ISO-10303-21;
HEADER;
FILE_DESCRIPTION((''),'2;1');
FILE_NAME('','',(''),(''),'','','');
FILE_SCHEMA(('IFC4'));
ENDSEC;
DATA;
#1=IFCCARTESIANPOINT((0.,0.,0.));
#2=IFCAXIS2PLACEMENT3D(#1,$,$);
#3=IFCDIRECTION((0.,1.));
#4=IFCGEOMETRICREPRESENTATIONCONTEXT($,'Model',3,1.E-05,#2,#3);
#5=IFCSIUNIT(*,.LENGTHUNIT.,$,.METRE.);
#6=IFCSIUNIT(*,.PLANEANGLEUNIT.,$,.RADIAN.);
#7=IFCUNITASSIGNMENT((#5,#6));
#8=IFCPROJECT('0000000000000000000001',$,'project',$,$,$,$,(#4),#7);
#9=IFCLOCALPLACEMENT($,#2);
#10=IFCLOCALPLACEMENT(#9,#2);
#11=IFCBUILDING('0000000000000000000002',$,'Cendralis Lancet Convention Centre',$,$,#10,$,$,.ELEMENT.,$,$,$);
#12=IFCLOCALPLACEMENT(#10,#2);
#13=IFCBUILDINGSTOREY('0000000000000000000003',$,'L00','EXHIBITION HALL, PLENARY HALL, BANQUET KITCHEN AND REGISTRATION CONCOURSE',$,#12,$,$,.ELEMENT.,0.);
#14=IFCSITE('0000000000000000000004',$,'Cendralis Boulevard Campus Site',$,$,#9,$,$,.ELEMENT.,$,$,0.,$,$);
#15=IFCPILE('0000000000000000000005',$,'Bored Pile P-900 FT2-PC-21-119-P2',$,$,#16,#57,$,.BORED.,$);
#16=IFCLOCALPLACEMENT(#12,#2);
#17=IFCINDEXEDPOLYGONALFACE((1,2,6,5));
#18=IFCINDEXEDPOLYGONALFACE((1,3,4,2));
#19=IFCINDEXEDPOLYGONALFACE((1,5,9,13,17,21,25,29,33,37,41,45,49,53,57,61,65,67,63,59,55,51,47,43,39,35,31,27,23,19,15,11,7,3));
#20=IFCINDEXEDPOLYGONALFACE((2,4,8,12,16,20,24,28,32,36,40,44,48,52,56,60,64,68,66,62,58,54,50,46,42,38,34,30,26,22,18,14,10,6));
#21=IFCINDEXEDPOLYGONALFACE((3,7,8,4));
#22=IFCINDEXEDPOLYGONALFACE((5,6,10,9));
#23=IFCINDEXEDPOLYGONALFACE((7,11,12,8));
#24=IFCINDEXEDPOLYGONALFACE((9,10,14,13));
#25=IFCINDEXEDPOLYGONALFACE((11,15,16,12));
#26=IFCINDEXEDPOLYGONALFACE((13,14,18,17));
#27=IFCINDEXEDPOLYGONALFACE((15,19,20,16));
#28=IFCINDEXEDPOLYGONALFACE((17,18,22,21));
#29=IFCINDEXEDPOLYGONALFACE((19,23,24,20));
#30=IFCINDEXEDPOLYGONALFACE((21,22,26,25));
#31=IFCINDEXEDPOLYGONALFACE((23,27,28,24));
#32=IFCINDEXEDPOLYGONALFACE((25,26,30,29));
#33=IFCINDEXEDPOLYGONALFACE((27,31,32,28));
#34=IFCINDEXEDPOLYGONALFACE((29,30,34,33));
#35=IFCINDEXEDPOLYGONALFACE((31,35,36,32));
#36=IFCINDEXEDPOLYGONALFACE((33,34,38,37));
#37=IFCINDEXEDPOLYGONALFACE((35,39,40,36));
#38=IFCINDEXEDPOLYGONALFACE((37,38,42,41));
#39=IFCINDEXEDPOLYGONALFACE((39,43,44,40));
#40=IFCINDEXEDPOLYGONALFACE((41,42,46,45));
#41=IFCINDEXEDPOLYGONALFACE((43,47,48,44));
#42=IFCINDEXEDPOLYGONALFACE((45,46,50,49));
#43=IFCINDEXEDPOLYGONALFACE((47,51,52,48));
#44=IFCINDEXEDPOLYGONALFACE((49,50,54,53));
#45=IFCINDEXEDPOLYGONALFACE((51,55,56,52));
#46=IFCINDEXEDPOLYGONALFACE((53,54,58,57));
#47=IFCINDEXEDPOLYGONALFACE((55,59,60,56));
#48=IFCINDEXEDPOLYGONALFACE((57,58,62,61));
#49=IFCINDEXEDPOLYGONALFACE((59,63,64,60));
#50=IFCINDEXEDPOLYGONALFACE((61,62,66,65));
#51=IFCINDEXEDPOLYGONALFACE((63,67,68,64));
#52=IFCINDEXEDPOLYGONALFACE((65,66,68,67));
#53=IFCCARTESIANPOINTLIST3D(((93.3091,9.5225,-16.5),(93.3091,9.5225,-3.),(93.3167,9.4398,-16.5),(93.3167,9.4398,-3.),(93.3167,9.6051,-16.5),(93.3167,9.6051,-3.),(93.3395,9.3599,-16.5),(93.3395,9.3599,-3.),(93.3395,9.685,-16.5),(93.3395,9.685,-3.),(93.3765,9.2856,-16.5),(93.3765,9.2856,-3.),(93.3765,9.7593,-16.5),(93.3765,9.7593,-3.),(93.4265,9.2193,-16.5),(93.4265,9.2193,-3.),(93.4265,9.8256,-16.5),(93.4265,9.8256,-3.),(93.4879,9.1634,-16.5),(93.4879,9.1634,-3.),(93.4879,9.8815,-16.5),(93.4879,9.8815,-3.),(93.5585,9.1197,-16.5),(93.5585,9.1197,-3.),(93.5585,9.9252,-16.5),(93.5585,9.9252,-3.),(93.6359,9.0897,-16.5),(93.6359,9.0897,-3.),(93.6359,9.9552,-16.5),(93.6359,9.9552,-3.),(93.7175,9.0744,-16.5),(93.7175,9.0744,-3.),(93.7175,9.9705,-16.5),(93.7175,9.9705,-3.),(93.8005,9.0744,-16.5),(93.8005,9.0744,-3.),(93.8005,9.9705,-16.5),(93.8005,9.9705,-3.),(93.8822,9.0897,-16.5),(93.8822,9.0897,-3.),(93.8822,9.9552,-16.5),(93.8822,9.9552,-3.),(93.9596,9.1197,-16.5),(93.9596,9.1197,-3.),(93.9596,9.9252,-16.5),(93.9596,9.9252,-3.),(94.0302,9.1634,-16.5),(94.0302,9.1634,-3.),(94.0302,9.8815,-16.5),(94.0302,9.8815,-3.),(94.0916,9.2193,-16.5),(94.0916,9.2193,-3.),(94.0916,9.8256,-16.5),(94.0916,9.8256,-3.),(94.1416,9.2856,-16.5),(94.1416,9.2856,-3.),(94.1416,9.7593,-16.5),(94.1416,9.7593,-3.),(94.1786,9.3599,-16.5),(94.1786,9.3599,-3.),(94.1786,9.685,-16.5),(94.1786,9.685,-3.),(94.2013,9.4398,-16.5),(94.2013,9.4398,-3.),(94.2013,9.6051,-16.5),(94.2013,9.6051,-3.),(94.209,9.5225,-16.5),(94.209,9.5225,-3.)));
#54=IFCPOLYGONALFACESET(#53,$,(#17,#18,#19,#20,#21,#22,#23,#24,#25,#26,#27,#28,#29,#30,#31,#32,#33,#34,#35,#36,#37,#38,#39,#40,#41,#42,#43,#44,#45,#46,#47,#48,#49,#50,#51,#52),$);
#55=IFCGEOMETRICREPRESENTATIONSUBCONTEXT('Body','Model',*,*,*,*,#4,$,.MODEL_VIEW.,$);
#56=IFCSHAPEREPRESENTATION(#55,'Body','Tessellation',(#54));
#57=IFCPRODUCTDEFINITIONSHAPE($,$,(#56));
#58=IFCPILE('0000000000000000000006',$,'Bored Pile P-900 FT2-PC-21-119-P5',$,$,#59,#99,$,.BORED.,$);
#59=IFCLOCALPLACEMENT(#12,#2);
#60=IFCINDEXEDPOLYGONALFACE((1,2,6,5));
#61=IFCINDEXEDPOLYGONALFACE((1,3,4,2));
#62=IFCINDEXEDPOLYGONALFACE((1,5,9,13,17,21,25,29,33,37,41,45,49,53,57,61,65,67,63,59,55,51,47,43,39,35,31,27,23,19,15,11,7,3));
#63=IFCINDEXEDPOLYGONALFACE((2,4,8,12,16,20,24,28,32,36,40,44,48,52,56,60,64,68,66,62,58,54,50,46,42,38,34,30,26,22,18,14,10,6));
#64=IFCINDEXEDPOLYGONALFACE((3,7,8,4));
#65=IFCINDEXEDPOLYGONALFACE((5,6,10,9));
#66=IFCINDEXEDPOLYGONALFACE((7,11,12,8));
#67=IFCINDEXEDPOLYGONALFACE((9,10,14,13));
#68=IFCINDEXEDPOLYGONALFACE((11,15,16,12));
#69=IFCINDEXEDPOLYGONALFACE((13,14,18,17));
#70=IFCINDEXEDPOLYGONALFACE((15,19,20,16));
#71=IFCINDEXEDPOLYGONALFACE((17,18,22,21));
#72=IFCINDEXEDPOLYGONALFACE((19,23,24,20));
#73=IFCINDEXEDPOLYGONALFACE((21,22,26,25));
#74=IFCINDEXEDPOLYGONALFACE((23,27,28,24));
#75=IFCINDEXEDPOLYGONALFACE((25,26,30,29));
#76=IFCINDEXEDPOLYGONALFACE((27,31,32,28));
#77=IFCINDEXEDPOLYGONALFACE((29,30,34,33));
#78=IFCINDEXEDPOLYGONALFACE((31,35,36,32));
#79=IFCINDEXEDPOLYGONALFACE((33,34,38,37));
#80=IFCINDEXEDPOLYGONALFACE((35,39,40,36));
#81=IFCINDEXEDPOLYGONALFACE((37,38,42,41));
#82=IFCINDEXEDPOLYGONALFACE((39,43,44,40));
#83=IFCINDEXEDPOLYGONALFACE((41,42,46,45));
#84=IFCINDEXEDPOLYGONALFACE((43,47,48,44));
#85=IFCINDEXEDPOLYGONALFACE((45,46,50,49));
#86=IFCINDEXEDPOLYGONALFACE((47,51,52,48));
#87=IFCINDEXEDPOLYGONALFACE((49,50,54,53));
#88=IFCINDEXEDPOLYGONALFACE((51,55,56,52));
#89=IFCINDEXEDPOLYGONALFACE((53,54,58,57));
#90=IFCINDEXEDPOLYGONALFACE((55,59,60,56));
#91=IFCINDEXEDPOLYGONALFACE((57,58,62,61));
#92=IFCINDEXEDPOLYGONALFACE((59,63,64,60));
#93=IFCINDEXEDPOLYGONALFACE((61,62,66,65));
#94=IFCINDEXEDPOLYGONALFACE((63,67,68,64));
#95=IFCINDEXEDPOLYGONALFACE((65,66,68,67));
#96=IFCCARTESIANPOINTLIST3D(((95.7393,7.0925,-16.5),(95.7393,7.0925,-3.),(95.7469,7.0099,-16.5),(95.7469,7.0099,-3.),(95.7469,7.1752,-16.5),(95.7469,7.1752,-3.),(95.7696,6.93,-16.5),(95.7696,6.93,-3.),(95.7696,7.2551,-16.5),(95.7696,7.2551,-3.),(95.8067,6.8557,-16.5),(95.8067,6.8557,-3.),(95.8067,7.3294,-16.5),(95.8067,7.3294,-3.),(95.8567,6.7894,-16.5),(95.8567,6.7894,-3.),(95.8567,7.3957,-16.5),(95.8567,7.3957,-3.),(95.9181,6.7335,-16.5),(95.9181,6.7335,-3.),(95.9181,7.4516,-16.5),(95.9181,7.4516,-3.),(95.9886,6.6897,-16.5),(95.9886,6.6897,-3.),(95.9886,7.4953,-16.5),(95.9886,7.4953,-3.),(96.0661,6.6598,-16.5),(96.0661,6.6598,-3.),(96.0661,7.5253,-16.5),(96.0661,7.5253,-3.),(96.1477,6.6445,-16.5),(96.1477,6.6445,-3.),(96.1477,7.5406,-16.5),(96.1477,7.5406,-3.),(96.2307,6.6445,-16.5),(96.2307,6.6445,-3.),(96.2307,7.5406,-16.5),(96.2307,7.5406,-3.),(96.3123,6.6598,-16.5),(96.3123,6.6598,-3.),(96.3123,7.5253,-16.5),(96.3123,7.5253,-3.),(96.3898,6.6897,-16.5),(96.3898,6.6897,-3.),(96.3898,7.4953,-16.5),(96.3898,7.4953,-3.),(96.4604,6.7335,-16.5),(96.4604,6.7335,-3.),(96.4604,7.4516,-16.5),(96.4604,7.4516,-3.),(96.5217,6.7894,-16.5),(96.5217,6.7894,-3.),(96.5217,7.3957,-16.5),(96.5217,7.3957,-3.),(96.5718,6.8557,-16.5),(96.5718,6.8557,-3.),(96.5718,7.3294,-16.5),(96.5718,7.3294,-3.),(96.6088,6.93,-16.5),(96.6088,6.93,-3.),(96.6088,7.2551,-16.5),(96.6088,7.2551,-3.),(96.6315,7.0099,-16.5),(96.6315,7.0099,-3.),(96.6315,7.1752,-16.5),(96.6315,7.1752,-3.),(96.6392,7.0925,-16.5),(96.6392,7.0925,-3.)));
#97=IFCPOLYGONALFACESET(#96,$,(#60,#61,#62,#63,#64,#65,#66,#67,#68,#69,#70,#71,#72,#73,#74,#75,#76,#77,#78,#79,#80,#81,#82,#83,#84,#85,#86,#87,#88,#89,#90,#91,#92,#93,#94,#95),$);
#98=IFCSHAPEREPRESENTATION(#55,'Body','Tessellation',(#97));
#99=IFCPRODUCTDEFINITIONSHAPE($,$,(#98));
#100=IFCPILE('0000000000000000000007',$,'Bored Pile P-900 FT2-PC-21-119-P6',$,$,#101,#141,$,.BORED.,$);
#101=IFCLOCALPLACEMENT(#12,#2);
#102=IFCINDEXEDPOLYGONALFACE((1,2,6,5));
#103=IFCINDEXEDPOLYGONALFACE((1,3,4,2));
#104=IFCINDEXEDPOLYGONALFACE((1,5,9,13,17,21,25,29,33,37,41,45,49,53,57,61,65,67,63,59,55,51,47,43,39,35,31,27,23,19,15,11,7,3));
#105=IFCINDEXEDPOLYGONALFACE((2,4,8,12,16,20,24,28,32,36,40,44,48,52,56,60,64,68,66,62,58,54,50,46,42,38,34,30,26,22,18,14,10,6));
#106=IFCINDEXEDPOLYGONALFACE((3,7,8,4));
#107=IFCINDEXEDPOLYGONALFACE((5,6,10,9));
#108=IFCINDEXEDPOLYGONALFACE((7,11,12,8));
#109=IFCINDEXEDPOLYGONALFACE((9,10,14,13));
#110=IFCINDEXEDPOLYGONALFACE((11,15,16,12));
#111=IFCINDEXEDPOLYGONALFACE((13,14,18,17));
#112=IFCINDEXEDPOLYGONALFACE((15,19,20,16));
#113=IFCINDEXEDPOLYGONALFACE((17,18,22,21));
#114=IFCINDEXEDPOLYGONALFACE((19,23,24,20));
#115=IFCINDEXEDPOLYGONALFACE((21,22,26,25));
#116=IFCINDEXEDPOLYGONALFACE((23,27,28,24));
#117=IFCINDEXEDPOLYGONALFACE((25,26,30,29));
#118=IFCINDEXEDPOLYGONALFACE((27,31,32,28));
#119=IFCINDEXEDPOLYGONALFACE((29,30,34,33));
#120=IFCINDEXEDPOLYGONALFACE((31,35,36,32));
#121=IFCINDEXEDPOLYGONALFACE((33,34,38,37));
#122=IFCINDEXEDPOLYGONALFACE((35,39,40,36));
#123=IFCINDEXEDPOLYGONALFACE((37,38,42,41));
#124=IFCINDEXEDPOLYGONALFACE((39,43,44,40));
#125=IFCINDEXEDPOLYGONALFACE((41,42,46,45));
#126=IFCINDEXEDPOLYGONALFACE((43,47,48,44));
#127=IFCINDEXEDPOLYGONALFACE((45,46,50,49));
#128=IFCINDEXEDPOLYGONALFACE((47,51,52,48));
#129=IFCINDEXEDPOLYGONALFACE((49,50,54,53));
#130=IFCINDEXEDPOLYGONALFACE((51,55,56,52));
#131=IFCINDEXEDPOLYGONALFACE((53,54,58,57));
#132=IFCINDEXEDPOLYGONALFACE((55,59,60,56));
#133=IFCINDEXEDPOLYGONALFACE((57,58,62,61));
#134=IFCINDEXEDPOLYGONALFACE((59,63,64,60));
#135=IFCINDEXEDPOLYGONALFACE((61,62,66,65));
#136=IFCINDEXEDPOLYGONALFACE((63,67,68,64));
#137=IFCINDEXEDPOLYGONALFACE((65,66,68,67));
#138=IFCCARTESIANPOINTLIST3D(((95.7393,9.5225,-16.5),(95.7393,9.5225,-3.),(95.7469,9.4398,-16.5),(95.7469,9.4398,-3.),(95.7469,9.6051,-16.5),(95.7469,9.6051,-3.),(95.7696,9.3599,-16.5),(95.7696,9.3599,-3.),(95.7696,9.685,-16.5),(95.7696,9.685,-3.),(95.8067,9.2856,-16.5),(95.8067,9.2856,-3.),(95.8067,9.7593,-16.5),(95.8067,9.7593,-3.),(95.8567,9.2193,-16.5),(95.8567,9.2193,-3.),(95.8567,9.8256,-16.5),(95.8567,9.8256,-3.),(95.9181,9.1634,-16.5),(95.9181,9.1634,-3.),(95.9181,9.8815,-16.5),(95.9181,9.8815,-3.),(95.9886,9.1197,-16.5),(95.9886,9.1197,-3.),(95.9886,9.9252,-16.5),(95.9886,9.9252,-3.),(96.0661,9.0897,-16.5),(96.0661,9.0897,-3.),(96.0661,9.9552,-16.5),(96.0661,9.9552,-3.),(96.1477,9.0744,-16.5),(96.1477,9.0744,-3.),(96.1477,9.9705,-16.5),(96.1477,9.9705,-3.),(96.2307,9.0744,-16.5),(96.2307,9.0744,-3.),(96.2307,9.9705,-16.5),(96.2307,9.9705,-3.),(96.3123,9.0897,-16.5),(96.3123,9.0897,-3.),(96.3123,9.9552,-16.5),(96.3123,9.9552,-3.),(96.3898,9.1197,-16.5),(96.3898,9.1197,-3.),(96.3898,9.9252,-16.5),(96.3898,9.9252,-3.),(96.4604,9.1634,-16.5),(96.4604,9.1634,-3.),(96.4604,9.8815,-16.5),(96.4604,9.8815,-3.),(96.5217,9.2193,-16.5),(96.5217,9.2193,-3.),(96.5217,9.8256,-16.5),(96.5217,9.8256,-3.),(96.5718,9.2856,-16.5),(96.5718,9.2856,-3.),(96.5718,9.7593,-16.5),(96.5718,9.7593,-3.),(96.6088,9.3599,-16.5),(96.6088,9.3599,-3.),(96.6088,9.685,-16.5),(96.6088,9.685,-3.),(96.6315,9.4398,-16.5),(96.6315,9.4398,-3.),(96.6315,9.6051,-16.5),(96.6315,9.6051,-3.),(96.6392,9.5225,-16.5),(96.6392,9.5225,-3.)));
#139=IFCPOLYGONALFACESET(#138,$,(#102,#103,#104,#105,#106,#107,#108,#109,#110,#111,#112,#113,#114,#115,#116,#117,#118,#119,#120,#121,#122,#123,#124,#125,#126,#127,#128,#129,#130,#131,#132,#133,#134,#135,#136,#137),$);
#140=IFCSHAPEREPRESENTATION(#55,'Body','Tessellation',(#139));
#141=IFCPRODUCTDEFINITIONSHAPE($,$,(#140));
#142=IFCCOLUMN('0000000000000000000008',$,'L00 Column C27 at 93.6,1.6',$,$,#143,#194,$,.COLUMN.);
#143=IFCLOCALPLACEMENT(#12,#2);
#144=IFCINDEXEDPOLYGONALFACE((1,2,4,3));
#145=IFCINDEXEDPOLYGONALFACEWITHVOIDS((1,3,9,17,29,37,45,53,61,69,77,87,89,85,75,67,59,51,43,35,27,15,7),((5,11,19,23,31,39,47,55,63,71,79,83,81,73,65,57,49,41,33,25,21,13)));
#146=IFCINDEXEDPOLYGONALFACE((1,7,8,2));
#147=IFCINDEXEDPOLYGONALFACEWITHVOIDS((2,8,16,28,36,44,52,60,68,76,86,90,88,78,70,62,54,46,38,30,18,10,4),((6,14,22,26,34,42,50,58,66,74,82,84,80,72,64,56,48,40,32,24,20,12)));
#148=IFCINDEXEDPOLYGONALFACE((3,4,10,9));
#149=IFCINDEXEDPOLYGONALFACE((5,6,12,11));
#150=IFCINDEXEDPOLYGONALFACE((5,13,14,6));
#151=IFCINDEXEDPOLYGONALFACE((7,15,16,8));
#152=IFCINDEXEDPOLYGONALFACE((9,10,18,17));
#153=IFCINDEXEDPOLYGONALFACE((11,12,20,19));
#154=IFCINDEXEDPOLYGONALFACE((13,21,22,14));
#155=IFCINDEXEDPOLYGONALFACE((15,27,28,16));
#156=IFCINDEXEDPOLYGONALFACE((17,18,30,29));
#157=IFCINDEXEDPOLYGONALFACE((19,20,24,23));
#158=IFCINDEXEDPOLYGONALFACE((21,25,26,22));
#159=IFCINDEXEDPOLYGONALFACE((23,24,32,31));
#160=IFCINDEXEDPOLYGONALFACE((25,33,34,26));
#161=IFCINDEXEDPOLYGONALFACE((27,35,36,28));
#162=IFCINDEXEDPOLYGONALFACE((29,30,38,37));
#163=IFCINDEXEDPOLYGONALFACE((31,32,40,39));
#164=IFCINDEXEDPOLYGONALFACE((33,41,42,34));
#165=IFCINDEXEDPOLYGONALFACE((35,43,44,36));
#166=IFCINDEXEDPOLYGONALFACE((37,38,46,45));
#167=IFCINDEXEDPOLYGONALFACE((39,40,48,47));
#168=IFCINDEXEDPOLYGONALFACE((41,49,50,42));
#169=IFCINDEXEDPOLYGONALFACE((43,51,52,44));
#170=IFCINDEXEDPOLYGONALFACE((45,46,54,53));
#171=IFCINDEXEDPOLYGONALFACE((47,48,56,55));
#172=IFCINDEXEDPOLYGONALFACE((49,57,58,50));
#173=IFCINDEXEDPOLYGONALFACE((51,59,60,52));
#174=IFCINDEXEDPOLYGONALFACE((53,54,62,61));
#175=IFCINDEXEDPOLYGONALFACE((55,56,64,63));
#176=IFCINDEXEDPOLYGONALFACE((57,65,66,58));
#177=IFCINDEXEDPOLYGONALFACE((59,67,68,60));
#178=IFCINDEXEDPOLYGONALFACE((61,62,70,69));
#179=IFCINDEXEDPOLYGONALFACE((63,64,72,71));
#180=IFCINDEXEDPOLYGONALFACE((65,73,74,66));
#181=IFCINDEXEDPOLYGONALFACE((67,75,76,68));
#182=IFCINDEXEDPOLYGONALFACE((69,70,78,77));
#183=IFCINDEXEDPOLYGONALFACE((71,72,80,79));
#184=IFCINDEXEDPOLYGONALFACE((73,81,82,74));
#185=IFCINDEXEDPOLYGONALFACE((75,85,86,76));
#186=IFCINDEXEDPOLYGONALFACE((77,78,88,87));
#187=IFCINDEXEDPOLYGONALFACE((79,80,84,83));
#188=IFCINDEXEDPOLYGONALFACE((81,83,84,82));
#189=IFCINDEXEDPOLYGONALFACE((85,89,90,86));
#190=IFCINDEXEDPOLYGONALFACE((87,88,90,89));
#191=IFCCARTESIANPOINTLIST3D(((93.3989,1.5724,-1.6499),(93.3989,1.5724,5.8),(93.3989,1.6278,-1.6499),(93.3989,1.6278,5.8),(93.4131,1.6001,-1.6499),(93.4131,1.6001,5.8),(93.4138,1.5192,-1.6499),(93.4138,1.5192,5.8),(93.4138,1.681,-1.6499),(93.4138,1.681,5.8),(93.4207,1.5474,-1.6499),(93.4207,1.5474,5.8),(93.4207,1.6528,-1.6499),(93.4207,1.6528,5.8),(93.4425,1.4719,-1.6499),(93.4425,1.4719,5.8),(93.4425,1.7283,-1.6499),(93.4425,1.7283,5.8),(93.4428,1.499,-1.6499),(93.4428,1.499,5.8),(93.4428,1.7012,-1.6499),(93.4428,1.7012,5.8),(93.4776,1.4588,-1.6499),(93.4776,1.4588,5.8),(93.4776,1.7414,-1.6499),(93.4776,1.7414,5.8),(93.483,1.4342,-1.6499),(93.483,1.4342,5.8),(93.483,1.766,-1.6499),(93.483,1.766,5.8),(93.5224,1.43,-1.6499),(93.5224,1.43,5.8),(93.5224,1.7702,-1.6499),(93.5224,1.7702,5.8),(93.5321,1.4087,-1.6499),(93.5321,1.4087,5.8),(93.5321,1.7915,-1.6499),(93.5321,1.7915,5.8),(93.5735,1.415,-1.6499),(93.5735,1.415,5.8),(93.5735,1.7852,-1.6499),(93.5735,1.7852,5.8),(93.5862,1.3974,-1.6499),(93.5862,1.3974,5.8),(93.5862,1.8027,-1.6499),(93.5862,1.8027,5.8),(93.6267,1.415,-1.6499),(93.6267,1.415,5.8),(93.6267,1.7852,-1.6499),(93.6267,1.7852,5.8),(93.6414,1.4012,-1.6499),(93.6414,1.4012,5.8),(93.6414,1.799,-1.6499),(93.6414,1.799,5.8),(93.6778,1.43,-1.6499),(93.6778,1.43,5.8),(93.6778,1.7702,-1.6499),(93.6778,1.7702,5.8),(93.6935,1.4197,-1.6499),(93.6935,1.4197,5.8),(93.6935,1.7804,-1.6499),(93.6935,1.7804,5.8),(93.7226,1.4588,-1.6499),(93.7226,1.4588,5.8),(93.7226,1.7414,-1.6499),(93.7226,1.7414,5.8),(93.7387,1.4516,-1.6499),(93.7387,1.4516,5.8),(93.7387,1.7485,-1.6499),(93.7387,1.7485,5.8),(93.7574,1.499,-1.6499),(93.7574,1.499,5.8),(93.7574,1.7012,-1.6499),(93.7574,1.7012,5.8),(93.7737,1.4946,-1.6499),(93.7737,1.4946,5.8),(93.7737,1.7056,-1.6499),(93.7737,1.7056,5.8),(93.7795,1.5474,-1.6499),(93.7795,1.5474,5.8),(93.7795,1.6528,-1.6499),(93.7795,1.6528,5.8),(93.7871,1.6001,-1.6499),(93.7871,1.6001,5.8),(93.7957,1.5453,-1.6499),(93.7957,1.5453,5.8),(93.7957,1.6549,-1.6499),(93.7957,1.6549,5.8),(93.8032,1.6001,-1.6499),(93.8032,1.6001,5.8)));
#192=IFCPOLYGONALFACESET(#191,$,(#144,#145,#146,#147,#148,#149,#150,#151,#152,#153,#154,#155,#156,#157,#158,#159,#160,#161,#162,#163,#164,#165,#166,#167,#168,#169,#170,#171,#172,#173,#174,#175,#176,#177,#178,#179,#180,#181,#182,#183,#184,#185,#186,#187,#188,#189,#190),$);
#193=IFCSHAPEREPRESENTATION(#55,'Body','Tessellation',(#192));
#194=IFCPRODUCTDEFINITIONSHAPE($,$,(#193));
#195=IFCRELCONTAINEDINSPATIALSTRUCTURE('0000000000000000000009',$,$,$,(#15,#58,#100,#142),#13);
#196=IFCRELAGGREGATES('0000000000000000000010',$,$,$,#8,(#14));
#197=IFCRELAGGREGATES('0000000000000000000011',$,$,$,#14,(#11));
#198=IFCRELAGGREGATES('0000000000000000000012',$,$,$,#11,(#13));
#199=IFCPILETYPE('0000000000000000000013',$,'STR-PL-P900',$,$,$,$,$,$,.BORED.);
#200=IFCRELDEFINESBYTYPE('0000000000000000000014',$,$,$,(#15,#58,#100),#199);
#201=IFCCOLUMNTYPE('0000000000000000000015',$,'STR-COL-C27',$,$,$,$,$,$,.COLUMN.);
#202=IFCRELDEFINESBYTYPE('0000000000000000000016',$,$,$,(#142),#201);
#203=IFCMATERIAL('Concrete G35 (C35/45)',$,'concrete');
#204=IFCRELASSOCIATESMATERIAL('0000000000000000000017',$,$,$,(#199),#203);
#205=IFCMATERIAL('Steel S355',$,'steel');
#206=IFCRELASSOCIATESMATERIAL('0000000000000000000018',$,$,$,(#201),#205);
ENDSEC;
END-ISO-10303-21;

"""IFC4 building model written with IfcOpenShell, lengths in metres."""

from ifc_helpers import new_model, si_unit, direction, frame, origin, origin_2d, place, context, subcontext, project, spatial, circle, hollow_circle, extrude, material, material_profile, profile_set, type_object, element, save


model = new_model("IFC4")

# Units and contexts
model_context = context("Model", 3, precision=1e-05, world=origin(), true_north=direction((0.0, 1.0)))
body_context = subcontext(model_context, "Body", "Model", "MODEL_VIEW")
ifc_project = project(units=[si_unit("LENGTHUNIT", "METRE"), si_unit("PLANEANGLEUNIT", "RADIAN")], contexts=[model_context])

# Site, building, storey
site_placement = place(None, origin())
site = spatial("IfcSite", under=ifc_project, at=site_placement, Name="Cendralis Boulevard Campus Site", CompositionType="ELEMENT", RefElevation=0.0)
building_placement = place(site_placement, origin())
building = spatial("IfcBuilding", under=site, at=building_placement, Name="Cendralis Lancet Convention Centre", CompositionType="ELEMENT")
storey_placement = place(building_placement, origin())
storey = spatial("IfcBuildingStorey", under=building, at=storey_placement, Name="L00", Description="EXHIBITION HALL, PLENARY HALL, BANQUET KITCHEN AND REGISTRATION CONCOURSE", CompositionType="ELEMENT", Elevation=0.0)

# Shared definitions
ifc_material_1 = material(Name="Concrete G35 (C35/45)", Category="concrete")

# Piles
ifc_material_profile_1 = material_profile(ifc_material_1, circle(Radius=0.45, at=origin_2d()), Name="BORED PILE D900")
ifc_profile_set_1 = profile_set([ifc_material_profile_1], Name="Concrete G35 (C35/45)")
pile_type_1 = type_object("IfcPileType", Name="STR-PL-P900", PredefinedType="BORED", material=ifc_profile_set_1)
for number, where, z_axis, x_axis, name in (
    (1, (93.759, 9.5225, -3.0), (0.0, 0.0, -1.0), (1.0, 0.0, 0.0), "Bored Pile P-900 FT2-PC-21-119-P2"),
    (2, (96.1892, 7.0925, -3.0), (0.0, 0.0, -1.0), (1.0, 0.0, 0.0), "Bored Pile P-900 FT2-PC-21-119-P5"),
    (3, (96.1892, 9.5225, -3.0), (0.0, 0.0, -1.0), (1.0, 0.0, 0.0), "Bored Pile P-900 FT2-PC-21-119-P6"),
):
    element("IfcPile", number, at=place(storey_placement, frame(where, z_axis=z_axis, x_axis=x_axis)), inside=storey, type_object=pile_type_1, Name=name, PredefinedType="BORED", context=body_context, shape_type="SweptSolid", body=[
        extrude(circle(Radius=0.45, at=origin_2d()), origin(), (0.0, 0.0, 1.0), 13.5),
    ])

# Column
ifc_material_2 = material(Name="Steel S355", Category="steel")
ifc_material_profile_2 = material_profile(ifc_material_2, hollow_circle(Radius=0.2031, WallThickness=0.0161, at=origin_2d()), Name="CHS 406.4x16.0")
ifc_profile_set_2 = profile_set([ifc_material_profile_2], Name="Steel S355")
column_type = type_object("IfcColumnType", Name="STR-COL-C27", PredefinedType="COLUMN", material=ifc_profile_set_2)
for number, where, z_axis, x_axis, name in (
    (4, (93.6001, 1.6001, -1.6499), (0.0, 0.0, 1.0), (1.0, 0.0, 0.0), "L00 Column C27 at 93.6,1.6"),
):
    element("IfcColumn", number, at=place(storey_placement, frame(where, z_axis=z_axis, x_axis=x_axis)), inside=storey, type_object=column_type, Name=name, PredefinedType="COLUMN", context=body_context, shape_type="SweptSolid", body=[
        extrude(hollow_circle(Radius=0.2031, WallThickness=0.0161, at=origin_2d()), origin(), (0.0, 0.0, 1.0), 7.45),
    ])

save(model, "model.ifc")
